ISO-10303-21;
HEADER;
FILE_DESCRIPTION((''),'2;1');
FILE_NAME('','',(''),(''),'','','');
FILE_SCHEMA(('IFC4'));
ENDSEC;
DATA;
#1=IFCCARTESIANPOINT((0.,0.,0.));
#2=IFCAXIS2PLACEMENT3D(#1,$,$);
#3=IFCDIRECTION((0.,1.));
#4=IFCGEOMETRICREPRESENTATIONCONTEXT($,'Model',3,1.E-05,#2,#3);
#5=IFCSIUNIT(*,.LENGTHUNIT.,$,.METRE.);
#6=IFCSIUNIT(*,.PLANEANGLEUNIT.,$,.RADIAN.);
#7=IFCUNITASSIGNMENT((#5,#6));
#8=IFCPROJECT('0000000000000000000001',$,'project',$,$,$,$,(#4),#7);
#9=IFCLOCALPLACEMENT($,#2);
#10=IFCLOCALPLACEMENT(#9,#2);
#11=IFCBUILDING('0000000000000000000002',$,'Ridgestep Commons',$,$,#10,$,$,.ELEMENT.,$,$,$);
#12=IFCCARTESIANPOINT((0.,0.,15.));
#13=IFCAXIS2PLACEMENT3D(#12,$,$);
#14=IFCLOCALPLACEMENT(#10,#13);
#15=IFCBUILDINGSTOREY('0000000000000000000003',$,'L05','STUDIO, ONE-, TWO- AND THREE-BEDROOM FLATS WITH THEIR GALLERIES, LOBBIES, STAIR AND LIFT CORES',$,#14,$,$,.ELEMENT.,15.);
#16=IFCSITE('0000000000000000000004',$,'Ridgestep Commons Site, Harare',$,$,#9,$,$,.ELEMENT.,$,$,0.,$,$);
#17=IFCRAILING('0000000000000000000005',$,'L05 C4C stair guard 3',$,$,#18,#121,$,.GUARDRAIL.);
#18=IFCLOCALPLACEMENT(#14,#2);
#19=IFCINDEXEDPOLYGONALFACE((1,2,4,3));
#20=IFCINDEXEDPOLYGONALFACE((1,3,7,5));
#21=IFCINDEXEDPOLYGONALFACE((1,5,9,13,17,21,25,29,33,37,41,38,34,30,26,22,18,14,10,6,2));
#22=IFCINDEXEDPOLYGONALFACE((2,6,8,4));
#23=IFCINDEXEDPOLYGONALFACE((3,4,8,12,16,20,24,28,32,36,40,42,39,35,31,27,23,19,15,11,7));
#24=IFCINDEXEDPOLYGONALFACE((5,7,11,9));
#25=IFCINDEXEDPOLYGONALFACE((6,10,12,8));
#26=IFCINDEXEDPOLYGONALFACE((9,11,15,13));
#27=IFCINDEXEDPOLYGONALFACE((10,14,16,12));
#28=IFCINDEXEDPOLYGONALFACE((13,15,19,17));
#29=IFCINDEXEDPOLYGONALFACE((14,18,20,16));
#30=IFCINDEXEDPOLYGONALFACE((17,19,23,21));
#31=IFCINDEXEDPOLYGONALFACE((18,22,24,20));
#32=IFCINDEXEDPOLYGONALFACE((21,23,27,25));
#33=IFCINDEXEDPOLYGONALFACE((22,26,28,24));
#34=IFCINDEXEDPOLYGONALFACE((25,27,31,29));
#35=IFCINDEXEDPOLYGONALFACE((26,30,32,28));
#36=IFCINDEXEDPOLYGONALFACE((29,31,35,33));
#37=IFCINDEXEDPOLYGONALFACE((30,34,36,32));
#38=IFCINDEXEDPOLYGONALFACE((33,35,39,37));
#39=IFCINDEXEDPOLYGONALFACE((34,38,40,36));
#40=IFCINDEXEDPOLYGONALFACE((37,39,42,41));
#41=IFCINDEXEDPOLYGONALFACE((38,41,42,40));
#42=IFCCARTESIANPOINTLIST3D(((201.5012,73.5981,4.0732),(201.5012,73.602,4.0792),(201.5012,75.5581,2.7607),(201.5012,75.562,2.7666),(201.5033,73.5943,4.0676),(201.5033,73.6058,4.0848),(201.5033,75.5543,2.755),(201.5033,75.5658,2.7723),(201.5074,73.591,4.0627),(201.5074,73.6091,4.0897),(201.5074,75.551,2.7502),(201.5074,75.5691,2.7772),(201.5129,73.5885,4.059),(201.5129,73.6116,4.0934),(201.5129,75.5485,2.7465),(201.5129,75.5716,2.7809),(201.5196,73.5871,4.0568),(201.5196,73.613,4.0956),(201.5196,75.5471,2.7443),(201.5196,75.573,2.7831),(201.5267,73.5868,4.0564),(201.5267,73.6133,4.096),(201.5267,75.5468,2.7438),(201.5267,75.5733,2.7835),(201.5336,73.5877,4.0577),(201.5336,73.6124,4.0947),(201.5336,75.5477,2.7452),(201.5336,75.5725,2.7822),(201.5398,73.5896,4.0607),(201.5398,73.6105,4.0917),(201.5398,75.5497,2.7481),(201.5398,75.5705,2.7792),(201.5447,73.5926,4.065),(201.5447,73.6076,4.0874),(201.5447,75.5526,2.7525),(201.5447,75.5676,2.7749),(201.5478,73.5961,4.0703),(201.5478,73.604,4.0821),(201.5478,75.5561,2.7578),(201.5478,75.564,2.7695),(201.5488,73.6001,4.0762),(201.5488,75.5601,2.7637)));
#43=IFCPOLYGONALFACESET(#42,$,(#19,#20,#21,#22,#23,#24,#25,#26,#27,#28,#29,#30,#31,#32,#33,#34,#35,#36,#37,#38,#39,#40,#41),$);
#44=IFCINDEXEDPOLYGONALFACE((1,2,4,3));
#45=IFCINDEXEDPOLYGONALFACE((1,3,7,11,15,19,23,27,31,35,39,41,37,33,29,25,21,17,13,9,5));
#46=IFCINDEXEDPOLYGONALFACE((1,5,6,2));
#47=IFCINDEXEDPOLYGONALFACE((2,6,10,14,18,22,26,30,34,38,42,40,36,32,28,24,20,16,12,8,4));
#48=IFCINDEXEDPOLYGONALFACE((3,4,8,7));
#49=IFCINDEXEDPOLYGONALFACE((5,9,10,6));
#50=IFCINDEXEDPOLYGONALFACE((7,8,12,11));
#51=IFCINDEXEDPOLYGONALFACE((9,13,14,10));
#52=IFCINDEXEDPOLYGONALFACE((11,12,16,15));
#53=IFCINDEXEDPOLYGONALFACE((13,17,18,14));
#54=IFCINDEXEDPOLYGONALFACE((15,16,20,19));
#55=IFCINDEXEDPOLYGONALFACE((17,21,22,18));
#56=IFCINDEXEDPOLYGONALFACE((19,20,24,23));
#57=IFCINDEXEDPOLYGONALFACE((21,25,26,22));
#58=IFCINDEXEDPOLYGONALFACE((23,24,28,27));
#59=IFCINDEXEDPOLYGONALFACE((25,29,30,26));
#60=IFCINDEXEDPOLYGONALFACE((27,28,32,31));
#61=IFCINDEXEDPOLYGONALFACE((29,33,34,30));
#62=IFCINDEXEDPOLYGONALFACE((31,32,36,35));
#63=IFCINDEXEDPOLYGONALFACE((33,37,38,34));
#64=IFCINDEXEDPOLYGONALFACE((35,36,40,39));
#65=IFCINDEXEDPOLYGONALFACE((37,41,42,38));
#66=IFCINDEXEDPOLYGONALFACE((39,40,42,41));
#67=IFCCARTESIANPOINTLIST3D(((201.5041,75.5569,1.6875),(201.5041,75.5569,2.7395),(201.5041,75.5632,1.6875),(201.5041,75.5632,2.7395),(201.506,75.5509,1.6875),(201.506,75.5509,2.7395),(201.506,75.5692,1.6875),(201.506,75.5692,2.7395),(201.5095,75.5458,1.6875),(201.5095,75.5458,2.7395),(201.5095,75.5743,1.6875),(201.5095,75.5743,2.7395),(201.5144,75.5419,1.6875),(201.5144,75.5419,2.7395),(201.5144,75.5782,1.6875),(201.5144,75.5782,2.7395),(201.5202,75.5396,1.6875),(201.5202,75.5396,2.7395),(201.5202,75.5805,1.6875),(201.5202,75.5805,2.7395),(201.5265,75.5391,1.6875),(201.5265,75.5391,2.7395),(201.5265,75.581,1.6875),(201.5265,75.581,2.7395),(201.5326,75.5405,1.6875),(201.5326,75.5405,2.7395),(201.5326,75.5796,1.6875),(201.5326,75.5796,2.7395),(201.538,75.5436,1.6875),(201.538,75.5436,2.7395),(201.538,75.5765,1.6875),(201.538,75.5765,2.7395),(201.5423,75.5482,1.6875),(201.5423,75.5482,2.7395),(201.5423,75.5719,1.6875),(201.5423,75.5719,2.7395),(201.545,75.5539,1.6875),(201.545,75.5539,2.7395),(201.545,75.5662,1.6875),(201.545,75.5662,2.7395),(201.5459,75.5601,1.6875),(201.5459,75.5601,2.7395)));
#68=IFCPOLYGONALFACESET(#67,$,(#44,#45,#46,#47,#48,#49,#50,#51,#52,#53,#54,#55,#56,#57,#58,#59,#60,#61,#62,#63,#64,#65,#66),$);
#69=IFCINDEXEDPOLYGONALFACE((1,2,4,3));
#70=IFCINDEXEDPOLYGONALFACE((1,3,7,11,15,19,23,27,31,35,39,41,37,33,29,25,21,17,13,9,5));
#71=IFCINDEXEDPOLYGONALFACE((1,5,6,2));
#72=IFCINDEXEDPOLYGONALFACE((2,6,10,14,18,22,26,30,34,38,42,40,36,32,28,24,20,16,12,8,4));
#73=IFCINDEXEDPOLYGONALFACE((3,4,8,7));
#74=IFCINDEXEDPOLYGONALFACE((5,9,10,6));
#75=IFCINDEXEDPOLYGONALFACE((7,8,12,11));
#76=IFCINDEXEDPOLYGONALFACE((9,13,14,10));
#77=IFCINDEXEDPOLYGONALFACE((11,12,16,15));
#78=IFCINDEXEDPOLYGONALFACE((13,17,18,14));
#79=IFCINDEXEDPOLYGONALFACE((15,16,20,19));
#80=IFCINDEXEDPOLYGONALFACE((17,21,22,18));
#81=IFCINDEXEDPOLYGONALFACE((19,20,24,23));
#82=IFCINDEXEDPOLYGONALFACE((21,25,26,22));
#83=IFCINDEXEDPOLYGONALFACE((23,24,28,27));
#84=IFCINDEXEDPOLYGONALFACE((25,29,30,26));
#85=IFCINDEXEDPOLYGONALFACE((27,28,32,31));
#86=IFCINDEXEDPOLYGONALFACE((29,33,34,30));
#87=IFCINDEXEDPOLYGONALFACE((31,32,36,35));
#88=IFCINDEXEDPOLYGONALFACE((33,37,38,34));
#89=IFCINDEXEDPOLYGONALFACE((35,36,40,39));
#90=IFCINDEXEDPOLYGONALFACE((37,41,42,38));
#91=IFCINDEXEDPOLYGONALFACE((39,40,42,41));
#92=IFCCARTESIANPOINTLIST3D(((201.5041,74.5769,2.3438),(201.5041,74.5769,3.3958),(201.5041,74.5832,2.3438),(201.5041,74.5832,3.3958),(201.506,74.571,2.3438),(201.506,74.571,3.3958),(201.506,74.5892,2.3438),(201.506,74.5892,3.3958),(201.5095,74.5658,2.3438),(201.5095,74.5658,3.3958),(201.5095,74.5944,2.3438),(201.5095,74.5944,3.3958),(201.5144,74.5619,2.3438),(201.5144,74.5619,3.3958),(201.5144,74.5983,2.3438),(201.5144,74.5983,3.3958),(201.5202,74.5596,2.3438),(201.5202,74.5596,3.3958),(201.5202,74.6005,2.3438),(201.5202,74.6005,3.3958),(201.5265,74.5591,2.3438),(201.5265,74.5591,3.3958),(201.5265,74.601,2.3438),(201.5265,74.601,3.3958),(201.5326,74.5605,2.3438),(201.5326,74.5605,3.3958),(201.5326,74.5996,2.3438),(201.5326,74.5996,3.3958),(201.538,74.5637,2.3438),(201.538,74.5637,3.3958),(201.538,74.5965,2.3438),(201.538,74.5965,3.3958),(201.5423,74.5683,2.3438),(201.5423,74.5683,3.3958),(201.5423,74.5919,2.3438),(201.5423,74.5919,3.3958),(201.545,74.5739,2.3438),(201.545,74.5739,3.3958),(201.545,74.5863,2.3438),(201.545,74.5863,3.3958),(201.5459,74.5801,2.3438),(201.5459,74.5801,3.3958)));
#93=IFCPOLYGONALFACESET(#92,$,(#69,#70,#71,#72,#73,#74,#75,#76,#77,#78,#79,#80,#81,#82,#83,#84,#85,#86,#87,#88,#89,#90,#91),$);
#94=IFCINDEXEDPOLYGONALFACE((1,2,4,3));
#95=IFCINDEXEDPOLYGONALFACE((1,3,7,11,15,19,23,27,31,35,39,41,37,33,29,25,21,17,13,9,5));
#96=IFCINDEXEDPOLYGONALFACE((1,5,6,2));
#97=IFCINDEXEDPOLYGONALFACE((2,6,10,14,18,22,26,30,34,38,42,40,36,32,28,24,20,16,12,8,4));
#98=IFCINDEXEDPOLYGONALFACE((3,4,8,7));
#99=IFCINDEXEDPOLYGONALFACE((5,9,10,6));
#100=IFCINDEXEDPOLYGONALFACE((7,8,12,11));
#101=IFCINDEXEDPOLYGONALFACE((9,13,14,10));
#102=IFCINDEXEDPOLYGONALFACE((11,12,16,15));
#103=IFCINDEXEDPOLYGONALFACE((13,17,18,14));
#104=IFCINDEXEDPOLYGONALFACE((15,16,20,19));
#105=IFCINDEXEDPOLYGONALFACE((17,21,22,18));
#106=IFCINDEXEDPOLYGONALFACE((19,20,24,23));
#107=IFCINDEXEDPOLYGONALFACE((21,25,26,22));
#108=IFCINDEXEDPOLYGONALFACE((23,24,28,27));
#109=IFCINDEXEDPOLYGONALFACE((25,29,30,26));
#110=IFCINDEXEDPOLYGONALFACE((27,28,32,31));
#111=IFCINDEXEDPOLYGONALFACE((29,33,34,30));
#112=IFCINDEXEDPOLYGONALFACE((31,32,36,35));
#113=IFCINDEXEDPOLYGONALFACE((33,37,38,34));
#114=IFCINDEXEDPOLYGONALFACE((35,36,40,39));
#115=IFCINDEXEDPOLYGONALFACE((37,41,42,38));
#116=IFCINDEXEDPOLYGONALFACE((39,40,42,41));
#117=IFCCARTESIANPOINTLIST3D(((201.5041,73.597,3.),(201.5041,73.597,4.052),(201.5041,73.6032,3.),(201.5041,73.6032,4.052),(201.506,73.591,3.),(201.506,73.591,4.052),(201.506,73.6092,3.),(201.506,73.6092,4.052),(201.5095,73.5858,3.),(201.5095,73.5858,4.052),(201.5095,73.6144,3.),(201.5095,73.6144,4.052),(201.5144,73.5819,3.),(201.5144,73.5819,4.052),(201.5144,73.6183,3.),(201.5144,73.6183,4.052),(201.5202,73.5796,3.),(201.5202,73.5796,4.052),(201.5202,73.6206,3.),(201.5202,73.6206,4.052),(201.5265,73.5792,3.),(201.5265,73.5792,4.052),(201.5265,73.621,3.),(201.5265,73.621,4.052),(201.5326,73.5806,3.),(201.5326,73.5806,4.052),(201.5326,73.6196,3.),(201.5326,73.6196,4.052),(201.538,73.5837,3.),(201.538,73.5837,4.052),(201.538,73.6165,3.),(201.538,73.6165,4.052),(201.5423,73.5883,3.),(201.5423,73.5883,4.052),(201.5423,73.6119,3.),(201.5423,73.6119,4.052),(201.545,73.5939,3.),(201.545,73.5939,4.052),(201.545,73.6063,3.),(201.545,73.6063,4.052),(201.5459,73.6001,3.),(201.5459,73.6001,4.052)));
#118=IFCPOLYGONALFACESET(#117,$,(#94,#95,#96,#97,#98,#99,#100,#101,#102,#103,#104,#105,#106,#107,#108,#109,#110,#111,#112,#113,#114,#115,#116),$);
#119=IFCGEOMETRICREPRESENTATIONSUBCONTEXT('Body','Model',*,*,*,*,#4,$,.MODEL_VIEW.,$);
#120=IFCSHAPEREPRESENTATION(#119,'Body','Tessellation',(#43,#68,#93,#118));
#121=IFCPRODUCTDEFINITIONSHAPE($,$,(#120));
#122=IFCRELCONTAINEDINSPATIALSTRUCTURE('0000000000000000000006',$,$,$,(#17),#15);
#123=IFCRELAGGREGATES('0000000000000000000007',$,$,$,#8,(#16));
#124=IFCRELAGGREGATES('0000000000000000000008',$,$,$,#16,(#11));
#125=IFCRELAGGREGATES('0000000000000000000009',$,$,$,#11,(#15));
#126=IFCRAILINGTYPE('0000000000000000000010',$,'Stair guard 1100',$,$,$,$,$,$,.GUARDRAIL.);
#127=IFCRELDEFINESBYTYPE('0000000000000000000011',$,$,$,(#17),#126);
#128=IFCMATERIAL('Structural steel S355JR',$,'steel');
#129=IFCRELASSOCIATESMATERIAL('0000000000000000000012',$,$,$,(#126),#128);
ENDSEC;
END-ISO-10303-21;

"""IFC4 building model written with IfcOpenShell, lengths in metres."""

from ifc_helpers import new_model, si_unit, direction, frame, origin, origin_2d, place, context, subcontext, project, spatial, circle, extrude, material, type_object, element, save


model = new_model("IFC4")

# Units and contexts
model_context = context("Model", 3, precision=1e-05, world=origin(), true_north=direction((0.0, 1.0)))
body_context = subcontext(model_context, "Body", "Model", "MODEL_VIEW")
ifc_project = project(units=[si_unit("LENGTHUNIT", "METRE"), si_unit("PLANEANGLEUNIT", "RADIAN")], contexts=[model_context])

# Site, building, storey
site_placement = place(None, origin())
site = spatial("IfcSite", under=ifc_project, at=site_placement, Name="Ridgestep Commons Site, Harare", CompositionType="ELEMENT", RefElevation=0.0)
building_placement = place(site_placement, origin())
building = spatial("IfcBuilding", under=site, at=building_placement, Name="Ridgestep Commons", CompositionType="ELEMENT")
storey_placement = place(building_placement, frame((0.0, 0.0, 15.0)))
storey = spatial("IfcBuildingStorey", under=building, at=storey_placement, Name="L05", Description="STUDIO, ONE-, TWO- AND THREE-BEDROOM FLATS WITH THEIR GALLERIES, LOBBIES, STAIR AND LIFT CORES", CompositionType="ELEMENT", Elevation=15.0)

# Railing
ifc_material_1 = material(Name="Structural steel S355JR", Category="steel")
railing_type_1 = type_object("IfcRailingType", Name="Stair guard 1100", PredefinedType="GUARDRAIL", material=ifc_material_1)
railing_1_placement = place(storey_placement, frame((201.5249, 75.5601, 1.6875)))
element("IfcRailing", 1, at=railing_1_placement, inside=storey, type_object=railing_type_1, Name="L05 C4C stair guard 3", PredefinedType="GUARDRAIL", context=body_context, shape_type="SweptSolid", body=[
    extrude(circle(Radius=0.0239, at=origin_2d()), frame((0.0, 0.0, 1.0762), z_axis=(0.0, -0.830902, 0.556419), x_axis=(1.0, 0.0, 0.0)), (0.0, 0.0, 1.0), 2.3589),
    extrude(circle(Radius=0.021, at=origin_2d()), origin(), (0.0, 0.0, 1.0), 1.052),
    extrude(circle(Radius=0.021, at=origin_2d()), frame((0.0, -0.98, 0.6562)), (0.0, 0.0, 1.0), 1.052),
    extrude(circle(Radius=0.021, at=origin_2d()), frame((0.0, -1.96, 1.3125)), (0.0, 0.0, 1.0), 1.052),
])

save(model, "model.ifc")
